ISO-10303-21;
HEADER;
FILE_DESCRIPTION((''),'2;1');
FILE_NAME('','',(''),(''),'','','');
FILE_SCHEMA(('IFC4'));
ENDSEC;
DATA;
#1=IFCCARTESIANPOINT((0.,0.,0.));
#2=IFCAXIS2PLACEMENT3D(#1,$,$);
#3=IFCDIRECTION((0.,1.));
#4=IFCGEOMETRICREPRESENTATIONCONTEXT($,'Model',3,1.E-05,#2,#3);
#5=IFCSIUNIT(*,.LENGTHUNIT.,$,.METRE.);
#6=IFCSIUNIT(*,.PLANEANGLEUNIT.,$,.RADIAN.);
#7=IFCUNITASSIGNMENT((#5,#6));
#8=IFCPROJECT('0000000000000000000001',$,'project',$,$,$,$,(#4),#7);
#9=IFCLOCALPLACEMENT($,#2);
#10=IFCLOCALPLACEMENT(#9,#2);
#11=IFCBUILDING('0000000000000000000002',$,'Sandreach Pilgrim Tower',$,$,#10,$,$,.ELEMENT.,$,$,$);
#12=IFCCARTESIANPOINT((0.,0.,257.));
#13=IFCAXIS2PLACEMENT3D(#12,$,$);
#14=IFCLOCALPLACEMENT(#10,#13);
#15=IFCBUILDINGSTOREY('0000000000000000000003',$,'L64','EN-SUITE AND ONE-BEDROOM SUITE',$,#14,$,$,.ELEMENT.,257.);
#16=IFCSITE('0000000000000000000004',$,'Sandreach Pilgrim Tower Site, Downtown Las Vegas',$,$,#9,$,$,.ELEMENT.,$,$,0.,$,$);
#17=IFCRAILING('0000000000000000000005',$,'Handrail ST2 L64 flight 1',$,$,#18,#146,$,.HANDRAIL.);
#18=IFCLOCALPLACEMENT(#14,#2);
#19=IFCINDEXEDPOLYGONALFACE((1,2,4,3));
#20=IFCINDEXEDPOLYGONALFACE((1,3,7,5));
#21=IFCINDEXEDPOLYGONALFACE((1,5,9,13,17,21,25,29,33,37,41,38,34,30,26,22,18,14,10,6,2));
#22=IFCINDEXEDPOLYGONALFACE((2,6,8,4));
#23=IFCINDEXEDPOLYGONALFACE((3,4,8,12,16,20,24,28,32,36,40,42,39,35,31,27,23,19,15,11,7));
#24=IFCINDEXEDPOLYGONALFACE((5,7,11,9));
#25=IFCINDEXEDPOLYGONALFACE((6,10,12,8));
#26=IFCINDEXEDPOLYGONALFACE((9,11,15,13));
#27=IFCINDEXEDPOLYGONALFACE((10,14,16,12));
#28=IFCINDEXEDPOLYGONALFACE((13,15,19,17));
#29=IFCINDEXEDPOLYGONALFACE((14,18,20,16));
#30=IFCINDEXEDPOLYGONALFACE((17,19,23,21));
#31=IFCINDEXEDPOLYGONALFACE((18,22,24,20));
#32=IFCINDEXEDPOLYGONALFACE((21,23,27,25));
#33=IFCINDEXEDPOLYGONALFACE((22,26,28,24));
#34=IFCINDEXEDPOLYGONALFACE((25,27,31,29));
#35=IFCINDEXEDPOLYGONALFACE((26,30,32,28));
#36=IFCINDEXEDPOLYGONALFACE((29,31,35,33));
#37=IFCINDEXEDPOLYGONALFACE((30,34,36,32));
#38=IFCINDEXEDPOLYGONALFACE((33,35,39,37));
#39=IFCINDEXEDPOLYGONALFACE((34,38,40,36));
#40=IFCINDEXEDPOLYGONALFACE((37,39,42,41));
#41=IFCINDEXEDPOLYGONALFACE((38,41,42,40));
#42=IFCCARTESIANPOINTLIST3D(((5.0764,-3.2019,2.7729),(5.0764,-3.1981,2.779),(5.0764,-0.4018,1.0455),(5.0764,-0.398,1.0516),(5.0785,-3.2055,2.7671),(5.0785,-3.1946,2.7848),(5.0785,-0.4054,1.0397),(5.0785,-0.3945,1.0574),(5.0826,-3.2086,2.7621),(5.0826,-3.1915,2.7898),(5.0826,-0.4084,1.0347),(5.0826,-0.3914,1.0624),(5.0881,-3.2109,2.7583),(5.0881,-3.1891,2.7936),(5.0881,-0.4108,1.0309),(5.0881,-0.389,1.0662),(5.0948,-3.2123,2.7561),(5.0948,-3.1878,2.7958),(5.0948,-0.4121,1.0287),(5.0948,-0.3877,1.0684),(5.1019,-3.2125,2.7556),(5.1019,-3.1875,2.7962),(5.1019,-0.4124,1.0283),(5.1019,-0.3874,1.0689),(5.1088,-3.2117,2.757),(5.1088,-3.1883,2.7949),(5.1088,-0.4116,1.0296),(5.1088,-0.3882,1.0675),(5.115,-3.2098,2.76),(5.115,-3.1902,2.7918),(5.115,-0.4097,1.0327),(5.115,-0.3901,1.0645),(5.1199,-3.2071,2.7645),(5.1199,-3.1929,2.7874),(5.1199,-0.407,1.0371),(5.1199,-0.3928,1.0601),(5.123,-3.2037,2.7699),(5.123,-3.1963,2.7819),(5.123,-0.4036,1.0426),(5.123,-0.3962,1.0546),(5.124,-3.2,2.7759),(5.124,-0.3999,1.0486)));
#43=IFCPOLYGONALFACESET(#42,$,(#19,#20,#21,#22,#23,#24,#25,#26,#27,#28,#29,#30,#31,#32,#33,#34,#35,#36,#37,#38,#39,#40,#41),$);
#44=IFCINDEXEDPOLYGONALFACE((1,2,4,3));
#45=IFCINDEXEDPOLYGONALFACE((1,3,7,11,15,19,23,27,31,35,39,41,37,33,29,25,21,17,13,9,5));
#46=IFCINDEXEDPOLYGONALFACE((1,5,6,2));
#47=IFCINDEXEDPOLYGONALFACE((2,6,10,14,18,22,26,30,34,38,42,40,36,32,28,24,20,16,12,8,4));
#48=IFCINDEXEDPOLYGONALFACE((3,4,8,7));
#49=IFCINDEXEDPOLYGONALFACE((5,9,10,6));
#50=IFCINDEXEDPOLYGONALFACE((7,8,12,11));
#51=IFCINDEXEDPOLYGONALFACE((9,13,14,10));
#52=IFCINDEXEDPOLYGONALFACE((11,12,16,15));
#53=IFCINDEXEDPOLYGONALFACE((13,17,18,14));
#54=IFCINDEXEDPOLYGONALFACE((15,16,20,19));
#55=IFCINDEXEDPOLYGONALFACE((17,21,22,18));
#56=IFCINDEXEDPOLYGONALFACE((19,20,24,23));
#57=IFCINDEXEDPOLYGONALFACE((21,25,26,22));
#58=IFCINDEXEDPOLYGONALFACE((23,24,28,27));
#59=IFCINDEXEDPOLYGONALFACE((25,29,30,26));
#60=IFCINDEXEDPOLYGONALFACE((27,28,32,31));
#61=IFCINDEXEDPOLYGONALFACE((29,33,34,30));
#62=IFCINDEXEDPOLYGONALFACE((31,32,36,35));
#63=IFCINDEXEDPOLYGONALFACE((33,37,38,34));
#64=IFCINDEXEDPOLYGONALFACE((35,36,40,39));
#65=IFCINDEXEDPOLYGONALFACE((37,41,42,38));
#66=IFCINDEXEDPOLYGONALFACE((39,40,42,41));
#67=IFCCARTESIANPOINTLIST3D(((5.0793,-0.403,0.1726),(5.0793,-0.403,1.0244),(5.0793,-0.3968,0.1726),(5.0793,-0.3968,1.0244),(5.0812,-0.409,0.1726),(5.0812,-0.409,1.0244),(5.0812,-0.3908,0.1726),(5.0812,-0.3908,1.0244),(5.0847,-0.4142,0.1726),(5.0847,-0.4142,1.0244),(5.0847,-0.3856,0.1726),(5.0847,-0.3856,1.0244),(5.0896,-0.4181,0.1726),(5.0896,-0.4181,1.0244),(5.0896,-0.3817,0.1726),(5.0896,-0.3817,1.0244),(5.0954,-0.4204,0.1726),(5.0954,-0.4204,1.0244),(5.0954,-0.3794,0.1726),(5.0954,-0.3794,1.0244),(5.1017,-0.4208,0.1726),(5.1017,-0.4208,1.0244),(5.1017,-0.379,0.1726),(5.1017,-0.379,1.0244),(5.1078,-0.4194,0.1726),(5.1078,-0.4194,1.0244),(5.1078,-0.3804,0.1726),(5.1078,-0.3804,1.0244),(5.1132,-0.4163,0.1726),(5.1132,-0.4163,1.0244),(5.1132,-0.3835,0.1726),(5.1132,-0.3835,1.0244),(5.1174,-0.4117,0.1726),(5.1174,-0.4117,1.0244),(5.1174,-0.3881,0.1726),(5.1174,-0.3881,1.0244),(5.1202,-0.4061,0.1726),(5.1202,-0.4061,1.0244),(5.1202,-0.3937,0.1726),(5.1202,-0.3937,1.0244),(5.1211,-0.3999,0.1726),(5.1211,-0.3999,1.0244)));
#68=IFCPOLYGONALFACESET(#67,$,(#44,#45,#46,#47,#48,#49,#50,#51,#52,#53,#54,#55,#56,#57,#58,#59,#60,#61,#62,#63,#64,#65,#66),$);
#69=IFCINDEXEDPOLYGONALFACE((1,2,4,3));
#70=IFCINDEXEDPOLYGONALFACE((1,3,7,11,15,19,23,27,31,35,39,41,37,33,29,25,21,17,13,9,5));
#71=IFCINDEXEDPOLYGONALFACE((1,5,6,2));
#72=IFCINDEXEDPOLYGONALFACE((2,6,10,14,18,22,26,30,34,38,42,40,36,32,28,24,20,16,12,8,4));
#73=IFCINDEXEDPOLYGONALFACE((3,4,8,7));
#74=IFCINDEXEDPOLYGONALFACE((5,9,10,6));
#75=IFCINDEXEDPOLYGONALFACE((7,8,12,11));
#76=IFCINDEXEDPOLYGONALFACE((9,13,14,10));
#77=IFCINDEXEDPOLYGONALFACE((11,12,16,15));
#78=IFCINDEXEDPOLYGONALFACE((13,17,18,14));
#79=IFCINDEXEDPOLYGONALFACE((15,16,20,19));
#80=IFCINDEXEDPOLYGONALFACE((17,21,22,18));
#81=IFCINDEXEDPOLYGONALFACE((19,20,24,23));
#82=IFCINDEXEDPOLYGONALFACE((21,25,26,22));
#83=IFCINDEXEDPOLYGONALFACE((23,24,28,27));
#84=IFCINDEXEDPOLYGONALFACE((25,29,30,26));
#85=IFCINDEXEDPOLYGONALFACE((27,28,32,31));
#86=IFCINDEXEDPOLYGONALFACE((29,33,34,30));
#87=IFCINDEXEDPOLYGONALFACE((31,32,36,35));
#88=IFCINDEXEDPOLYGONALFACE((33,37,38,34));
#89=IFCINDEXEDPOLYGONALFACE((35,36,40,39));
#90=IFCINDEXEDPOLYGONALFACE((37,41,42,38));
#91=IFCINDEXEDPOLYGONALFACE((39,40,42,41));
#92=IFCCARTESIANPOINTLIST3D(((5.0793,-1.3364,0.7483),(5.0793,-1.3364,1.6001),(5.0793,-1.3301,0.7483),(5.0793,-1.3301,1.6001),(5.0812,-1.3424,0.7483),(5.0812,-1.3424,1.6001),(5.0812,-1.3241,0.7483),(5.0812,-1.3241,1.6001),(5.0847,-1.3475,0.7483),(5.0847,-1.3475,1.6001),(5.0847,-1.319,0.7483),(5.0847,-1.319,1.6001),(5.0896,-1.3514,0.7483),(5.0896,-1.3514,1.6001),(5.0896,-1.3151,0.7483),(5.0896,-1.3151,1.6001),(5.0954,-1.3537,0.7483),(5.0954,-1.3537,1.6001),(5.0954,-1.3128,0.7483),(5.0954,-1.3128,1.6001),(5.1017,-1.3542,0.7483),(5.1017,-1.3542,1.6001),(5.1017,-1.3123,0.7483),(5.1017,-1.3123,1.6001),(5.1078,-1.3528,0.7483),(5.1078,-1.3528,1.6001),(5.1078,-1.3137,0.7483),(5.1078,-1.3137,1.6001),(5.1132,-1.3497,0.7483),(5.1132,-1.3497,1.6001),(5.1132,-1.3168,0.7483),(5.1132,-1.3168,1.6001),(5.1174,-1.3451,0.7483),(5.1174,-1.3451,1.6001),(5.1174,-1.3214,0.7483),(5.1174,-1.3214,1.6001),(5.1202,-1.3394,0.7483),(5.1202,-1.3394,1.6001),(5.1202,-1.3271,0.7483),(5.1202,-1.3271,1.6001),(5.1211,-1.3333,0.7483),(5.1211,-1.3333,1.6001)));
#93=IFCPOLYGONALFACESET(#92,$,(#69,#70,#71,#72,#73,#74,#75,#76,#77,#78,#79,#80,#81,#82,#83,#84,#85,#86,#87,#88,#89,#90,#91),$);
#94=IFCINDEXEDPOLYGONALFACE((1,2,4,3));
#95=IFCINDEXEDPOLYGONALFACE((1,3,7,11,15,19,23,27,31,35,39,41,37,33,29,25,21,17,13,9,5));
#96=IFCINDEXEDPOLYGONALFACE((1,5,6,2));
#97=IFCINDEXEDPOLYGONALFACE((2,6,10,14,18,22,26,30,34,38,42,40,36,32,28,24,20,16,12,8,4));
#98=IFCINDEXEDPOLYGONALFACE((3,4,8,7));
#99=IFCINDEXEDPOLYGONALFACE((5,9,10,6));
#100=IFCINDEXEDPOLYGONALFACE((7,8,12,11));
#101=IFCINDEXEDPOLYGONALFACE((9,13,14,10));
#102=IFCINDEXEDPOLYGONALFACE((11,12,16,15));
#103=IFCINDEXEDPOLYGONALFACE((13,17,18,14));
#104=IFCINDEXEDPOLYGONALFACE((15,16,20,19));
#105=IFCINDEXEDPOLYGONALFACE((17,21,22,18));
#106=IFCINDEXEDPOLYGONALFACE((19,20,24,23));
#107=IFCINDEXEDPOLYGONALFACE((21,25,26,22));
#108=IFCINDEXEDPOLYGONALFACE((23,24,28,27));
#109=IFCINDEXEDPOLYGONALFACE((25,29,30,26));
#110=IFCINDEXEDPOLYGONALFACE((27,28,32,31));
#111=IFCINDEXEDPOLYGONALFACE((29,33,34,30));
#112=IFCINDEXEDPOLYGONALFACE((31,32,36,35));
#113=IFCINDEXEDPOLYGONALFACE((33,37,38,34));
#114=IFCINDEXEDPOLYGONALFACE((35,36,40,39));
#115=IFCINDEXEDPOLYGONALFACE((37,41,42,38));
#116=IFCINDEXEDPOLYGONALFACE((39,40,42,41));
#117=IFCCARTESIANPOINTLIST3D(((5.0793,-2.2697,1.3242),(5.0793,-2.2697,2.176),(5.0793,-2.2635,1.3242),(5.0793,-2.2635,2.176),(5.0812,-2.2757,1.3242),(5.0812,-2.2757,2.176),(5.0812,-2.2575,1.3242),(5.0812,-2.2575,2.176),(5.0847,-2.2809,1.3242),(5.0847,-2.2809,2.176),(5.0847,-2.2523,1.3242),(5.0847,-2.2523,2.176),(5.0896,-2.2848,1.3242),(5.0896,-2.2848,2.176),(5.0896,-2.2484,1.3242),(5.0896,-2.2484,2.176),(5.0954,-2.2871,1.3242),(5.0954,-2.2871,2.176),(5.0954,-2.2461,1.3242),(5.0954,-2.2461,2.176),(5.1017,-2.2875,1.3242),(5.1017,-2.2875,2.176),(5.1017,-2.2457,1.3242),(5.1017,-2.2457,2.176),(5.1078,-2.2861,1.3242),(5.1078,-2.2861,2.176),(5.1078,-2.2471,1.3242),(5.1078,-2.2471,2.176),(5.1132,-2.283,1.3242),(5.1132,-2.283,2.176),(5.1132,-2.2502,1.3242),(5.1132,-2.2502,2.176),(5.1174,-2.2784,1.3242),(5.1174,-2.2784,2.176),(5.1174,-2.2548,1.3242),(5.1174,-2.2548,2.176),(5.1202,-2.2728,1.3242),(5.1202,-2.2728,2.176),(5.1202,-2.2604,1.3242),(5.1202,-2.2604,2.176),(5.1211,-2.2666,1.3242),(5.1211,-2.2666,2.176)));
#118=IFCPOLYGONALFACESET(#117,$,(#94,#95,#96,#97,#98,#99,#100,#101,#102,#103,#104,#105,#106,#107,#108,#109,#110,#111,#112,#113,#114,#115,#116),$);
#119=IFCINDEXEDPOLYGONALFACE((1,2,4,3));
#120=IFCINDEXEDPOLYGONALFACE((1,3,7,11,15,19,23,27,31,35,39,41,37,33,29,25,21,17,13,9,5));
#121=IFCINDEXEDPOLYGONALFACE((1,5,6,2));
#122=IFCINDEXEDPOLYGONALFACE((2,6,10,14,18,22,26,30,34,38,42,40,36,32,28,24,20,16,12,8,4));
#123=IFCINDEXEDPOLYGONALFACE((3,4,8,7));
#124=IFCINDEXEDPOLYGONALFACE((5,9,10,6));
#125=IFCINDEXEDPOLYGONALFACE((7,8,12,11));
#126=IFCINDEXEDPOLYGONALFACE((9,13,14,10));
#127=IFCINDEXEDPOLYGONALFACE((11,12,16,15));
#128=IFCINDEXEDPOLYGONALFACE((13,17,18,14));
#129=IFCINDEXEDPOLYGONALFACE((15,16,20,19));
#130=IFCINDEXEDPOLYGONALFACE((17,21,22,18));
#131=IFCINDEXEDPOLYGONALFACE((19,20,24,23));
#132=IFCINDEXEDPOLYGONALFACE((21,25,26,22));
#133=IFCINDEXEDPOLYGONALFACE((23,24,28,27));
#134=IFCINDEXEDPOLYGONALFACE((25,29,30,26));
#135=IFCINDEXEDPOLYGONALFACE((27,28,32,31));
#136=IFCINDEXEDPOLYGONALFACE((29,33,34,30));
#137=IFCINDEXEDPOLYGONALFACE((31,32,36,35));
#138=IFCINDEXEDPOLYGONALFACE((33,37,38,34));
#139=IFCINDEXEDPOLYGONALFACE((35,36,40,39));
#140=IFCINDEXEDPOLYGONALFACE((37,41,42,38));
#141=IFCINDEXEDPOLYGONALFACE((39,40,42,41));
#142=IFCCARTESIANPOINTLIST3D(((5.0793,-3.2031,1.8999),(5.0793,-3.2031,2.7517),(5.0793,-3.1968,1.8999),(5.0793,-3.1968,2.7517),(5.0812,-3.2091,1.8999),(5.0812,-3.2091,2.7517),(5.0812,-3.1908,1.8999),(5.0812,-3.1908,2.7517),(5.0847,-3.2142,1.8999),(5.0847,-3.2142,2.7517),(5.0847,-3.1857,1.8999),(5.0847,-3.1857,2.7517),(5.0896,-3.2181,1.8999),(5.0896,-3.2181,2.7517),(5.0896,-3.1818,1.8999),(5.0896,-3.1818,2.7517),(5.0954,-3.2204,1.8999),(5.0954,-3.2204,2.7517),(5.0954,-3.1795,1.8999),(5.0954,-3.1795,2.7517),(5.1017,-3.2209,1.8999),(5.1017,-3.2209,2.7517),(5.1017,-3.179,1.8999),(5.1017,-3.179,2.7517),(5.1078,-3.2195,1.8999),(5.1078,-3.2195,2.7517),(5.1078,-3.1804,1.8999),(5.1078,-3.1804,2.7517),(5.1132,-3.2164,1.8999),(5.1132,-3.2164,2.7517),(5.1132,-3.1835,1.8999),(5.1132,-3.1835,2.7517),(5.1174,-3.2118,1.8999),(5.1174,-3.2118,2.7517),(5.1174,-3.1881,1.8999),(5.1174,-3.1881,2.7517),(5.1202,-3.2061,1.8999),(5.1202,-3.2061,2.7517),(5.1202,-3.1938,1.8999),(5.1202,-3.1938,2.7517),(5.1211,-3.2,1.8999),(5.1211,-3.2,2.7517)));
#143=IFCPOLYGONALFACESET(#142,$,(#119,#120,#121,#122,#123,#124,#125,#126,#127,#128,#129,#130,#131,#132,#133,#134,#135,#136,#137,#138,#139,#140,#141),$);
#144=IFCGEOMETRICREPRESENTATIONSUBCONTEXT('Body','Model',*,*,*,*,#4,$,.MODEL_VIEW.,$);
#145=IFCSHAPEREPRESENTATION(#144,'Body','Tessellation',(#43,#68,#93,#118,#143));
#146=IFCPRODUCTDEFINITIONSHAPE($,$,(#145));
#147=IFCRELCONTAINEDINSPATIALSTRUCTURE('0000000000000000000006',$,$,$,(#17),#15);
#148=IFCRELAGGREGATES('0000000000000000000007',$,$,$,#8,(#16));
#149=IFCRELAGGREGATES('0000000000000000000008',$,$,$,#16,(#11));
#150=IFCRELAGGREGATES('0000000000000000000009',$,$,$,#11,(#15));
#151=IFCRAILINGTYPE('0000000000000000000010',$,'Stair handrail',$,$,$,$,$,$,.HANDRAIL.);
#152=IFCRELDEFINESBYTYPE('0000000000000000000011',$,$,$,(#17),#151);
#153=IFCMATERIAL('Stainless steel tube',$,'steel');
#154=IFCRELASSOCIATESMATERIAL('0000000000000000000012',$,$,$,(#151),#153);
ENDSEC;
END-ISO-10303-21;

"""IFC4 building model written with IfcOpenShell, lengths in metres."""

from ifc_helpers import new_model, si_unit, direction, frame, origin, origin_2d, place, context, subcontext, project, spatial, circle, extrude, material, type_object, element, save


model = new_model("IFC4")

# Units and contexts
model_context = context("Model", 3, precision=1e-05, world=origin(), true_north=direction((0.0, 1.0)))
body_context = subcontext(model_context, "Body", "Model", "MODEL_VIEW")
ifc_project = project(units=[si_unit("LENGTHUNIT", "METRE"), si_unit("PLANEANGLEUNIT", "RADIAN")], contexts=[model_context])

# Site, building, storey
site_placement = place(None, origin())
site = spatial("IfcSite", under=ifc_project, at=site_placement, Name="Sandreach Pilgrim Tower Site, Downtown Las Vegas", CompositionType="ELEMENT", RefElevation=0.0)
building_placement = place(site_placement, origin())
building = spatial("IfcBuilding", under=site, at=building_placement, Name="Sandreach Pilgrim Tower", CompositionType="ELEMENT")
storey_placement = place(building_placement, frame((0.0, 0.0, 257.0)))
storey = spatial("IfcBuildingStorey", under=building, at=storey_placement, Name="L64", Description="EN-SUITE AND ONE-BEDROOM SUITE", CompositionType="ELEMENT", Elevation=257.0)

# Railing
ifc_material_1 = material(Name="Stainless steel tube", Category="steel")
railing_type = type_object("IfcRailingType", Name="Stair handrail", PredefinedType="HANDRAIL", material=ifc_material_1)
for number, where, name in (
    (1, (5.1001, -0.3999, 0.1726), "Handrail ST2 L64 flight 1"),
):
    element("IfcRailing", number, at=place(storey_placement, frame(where)), inside=storey, type_object=railing_type, Name=name, PredefinedType="HANDRAIL", context=body_context, shape_type="SweptSolid", body=[
        extrude(circle(Radius=0.0239, at=origin_2d()), frame((0.0, 0.0, 0.876), z_axis=(0.0, -0.85109, 0.52502), x_axis=(1.0, 0.0, 0.0)), (0.0, 0.0, 1.0), 3.29),
        extrude(circle(Radius=0.021, at=origin_2d()), origin(), (0.0, 0.0, 1.0), 0.8518),
        extrude(circle(Radius=0.021, at=origin_2d()), frame((0.0, -0.9333, 0.5757)), (0.0, 0.0, 1.0), 0.8518),
        extrude(circle(Radius=0.021, at=origin_2d()), frame((0.0, -1.8667, 1.1516)), (0.0, 0.0, 1.0), 0.8518),
        extrude(circle(Radius=0.021, at=origin_2d()), frame((0.0, -2.8, 1.7273)), (0.0, 0.0, 1.0), 0.8518),
    ])

save(model, "model.ifc")
